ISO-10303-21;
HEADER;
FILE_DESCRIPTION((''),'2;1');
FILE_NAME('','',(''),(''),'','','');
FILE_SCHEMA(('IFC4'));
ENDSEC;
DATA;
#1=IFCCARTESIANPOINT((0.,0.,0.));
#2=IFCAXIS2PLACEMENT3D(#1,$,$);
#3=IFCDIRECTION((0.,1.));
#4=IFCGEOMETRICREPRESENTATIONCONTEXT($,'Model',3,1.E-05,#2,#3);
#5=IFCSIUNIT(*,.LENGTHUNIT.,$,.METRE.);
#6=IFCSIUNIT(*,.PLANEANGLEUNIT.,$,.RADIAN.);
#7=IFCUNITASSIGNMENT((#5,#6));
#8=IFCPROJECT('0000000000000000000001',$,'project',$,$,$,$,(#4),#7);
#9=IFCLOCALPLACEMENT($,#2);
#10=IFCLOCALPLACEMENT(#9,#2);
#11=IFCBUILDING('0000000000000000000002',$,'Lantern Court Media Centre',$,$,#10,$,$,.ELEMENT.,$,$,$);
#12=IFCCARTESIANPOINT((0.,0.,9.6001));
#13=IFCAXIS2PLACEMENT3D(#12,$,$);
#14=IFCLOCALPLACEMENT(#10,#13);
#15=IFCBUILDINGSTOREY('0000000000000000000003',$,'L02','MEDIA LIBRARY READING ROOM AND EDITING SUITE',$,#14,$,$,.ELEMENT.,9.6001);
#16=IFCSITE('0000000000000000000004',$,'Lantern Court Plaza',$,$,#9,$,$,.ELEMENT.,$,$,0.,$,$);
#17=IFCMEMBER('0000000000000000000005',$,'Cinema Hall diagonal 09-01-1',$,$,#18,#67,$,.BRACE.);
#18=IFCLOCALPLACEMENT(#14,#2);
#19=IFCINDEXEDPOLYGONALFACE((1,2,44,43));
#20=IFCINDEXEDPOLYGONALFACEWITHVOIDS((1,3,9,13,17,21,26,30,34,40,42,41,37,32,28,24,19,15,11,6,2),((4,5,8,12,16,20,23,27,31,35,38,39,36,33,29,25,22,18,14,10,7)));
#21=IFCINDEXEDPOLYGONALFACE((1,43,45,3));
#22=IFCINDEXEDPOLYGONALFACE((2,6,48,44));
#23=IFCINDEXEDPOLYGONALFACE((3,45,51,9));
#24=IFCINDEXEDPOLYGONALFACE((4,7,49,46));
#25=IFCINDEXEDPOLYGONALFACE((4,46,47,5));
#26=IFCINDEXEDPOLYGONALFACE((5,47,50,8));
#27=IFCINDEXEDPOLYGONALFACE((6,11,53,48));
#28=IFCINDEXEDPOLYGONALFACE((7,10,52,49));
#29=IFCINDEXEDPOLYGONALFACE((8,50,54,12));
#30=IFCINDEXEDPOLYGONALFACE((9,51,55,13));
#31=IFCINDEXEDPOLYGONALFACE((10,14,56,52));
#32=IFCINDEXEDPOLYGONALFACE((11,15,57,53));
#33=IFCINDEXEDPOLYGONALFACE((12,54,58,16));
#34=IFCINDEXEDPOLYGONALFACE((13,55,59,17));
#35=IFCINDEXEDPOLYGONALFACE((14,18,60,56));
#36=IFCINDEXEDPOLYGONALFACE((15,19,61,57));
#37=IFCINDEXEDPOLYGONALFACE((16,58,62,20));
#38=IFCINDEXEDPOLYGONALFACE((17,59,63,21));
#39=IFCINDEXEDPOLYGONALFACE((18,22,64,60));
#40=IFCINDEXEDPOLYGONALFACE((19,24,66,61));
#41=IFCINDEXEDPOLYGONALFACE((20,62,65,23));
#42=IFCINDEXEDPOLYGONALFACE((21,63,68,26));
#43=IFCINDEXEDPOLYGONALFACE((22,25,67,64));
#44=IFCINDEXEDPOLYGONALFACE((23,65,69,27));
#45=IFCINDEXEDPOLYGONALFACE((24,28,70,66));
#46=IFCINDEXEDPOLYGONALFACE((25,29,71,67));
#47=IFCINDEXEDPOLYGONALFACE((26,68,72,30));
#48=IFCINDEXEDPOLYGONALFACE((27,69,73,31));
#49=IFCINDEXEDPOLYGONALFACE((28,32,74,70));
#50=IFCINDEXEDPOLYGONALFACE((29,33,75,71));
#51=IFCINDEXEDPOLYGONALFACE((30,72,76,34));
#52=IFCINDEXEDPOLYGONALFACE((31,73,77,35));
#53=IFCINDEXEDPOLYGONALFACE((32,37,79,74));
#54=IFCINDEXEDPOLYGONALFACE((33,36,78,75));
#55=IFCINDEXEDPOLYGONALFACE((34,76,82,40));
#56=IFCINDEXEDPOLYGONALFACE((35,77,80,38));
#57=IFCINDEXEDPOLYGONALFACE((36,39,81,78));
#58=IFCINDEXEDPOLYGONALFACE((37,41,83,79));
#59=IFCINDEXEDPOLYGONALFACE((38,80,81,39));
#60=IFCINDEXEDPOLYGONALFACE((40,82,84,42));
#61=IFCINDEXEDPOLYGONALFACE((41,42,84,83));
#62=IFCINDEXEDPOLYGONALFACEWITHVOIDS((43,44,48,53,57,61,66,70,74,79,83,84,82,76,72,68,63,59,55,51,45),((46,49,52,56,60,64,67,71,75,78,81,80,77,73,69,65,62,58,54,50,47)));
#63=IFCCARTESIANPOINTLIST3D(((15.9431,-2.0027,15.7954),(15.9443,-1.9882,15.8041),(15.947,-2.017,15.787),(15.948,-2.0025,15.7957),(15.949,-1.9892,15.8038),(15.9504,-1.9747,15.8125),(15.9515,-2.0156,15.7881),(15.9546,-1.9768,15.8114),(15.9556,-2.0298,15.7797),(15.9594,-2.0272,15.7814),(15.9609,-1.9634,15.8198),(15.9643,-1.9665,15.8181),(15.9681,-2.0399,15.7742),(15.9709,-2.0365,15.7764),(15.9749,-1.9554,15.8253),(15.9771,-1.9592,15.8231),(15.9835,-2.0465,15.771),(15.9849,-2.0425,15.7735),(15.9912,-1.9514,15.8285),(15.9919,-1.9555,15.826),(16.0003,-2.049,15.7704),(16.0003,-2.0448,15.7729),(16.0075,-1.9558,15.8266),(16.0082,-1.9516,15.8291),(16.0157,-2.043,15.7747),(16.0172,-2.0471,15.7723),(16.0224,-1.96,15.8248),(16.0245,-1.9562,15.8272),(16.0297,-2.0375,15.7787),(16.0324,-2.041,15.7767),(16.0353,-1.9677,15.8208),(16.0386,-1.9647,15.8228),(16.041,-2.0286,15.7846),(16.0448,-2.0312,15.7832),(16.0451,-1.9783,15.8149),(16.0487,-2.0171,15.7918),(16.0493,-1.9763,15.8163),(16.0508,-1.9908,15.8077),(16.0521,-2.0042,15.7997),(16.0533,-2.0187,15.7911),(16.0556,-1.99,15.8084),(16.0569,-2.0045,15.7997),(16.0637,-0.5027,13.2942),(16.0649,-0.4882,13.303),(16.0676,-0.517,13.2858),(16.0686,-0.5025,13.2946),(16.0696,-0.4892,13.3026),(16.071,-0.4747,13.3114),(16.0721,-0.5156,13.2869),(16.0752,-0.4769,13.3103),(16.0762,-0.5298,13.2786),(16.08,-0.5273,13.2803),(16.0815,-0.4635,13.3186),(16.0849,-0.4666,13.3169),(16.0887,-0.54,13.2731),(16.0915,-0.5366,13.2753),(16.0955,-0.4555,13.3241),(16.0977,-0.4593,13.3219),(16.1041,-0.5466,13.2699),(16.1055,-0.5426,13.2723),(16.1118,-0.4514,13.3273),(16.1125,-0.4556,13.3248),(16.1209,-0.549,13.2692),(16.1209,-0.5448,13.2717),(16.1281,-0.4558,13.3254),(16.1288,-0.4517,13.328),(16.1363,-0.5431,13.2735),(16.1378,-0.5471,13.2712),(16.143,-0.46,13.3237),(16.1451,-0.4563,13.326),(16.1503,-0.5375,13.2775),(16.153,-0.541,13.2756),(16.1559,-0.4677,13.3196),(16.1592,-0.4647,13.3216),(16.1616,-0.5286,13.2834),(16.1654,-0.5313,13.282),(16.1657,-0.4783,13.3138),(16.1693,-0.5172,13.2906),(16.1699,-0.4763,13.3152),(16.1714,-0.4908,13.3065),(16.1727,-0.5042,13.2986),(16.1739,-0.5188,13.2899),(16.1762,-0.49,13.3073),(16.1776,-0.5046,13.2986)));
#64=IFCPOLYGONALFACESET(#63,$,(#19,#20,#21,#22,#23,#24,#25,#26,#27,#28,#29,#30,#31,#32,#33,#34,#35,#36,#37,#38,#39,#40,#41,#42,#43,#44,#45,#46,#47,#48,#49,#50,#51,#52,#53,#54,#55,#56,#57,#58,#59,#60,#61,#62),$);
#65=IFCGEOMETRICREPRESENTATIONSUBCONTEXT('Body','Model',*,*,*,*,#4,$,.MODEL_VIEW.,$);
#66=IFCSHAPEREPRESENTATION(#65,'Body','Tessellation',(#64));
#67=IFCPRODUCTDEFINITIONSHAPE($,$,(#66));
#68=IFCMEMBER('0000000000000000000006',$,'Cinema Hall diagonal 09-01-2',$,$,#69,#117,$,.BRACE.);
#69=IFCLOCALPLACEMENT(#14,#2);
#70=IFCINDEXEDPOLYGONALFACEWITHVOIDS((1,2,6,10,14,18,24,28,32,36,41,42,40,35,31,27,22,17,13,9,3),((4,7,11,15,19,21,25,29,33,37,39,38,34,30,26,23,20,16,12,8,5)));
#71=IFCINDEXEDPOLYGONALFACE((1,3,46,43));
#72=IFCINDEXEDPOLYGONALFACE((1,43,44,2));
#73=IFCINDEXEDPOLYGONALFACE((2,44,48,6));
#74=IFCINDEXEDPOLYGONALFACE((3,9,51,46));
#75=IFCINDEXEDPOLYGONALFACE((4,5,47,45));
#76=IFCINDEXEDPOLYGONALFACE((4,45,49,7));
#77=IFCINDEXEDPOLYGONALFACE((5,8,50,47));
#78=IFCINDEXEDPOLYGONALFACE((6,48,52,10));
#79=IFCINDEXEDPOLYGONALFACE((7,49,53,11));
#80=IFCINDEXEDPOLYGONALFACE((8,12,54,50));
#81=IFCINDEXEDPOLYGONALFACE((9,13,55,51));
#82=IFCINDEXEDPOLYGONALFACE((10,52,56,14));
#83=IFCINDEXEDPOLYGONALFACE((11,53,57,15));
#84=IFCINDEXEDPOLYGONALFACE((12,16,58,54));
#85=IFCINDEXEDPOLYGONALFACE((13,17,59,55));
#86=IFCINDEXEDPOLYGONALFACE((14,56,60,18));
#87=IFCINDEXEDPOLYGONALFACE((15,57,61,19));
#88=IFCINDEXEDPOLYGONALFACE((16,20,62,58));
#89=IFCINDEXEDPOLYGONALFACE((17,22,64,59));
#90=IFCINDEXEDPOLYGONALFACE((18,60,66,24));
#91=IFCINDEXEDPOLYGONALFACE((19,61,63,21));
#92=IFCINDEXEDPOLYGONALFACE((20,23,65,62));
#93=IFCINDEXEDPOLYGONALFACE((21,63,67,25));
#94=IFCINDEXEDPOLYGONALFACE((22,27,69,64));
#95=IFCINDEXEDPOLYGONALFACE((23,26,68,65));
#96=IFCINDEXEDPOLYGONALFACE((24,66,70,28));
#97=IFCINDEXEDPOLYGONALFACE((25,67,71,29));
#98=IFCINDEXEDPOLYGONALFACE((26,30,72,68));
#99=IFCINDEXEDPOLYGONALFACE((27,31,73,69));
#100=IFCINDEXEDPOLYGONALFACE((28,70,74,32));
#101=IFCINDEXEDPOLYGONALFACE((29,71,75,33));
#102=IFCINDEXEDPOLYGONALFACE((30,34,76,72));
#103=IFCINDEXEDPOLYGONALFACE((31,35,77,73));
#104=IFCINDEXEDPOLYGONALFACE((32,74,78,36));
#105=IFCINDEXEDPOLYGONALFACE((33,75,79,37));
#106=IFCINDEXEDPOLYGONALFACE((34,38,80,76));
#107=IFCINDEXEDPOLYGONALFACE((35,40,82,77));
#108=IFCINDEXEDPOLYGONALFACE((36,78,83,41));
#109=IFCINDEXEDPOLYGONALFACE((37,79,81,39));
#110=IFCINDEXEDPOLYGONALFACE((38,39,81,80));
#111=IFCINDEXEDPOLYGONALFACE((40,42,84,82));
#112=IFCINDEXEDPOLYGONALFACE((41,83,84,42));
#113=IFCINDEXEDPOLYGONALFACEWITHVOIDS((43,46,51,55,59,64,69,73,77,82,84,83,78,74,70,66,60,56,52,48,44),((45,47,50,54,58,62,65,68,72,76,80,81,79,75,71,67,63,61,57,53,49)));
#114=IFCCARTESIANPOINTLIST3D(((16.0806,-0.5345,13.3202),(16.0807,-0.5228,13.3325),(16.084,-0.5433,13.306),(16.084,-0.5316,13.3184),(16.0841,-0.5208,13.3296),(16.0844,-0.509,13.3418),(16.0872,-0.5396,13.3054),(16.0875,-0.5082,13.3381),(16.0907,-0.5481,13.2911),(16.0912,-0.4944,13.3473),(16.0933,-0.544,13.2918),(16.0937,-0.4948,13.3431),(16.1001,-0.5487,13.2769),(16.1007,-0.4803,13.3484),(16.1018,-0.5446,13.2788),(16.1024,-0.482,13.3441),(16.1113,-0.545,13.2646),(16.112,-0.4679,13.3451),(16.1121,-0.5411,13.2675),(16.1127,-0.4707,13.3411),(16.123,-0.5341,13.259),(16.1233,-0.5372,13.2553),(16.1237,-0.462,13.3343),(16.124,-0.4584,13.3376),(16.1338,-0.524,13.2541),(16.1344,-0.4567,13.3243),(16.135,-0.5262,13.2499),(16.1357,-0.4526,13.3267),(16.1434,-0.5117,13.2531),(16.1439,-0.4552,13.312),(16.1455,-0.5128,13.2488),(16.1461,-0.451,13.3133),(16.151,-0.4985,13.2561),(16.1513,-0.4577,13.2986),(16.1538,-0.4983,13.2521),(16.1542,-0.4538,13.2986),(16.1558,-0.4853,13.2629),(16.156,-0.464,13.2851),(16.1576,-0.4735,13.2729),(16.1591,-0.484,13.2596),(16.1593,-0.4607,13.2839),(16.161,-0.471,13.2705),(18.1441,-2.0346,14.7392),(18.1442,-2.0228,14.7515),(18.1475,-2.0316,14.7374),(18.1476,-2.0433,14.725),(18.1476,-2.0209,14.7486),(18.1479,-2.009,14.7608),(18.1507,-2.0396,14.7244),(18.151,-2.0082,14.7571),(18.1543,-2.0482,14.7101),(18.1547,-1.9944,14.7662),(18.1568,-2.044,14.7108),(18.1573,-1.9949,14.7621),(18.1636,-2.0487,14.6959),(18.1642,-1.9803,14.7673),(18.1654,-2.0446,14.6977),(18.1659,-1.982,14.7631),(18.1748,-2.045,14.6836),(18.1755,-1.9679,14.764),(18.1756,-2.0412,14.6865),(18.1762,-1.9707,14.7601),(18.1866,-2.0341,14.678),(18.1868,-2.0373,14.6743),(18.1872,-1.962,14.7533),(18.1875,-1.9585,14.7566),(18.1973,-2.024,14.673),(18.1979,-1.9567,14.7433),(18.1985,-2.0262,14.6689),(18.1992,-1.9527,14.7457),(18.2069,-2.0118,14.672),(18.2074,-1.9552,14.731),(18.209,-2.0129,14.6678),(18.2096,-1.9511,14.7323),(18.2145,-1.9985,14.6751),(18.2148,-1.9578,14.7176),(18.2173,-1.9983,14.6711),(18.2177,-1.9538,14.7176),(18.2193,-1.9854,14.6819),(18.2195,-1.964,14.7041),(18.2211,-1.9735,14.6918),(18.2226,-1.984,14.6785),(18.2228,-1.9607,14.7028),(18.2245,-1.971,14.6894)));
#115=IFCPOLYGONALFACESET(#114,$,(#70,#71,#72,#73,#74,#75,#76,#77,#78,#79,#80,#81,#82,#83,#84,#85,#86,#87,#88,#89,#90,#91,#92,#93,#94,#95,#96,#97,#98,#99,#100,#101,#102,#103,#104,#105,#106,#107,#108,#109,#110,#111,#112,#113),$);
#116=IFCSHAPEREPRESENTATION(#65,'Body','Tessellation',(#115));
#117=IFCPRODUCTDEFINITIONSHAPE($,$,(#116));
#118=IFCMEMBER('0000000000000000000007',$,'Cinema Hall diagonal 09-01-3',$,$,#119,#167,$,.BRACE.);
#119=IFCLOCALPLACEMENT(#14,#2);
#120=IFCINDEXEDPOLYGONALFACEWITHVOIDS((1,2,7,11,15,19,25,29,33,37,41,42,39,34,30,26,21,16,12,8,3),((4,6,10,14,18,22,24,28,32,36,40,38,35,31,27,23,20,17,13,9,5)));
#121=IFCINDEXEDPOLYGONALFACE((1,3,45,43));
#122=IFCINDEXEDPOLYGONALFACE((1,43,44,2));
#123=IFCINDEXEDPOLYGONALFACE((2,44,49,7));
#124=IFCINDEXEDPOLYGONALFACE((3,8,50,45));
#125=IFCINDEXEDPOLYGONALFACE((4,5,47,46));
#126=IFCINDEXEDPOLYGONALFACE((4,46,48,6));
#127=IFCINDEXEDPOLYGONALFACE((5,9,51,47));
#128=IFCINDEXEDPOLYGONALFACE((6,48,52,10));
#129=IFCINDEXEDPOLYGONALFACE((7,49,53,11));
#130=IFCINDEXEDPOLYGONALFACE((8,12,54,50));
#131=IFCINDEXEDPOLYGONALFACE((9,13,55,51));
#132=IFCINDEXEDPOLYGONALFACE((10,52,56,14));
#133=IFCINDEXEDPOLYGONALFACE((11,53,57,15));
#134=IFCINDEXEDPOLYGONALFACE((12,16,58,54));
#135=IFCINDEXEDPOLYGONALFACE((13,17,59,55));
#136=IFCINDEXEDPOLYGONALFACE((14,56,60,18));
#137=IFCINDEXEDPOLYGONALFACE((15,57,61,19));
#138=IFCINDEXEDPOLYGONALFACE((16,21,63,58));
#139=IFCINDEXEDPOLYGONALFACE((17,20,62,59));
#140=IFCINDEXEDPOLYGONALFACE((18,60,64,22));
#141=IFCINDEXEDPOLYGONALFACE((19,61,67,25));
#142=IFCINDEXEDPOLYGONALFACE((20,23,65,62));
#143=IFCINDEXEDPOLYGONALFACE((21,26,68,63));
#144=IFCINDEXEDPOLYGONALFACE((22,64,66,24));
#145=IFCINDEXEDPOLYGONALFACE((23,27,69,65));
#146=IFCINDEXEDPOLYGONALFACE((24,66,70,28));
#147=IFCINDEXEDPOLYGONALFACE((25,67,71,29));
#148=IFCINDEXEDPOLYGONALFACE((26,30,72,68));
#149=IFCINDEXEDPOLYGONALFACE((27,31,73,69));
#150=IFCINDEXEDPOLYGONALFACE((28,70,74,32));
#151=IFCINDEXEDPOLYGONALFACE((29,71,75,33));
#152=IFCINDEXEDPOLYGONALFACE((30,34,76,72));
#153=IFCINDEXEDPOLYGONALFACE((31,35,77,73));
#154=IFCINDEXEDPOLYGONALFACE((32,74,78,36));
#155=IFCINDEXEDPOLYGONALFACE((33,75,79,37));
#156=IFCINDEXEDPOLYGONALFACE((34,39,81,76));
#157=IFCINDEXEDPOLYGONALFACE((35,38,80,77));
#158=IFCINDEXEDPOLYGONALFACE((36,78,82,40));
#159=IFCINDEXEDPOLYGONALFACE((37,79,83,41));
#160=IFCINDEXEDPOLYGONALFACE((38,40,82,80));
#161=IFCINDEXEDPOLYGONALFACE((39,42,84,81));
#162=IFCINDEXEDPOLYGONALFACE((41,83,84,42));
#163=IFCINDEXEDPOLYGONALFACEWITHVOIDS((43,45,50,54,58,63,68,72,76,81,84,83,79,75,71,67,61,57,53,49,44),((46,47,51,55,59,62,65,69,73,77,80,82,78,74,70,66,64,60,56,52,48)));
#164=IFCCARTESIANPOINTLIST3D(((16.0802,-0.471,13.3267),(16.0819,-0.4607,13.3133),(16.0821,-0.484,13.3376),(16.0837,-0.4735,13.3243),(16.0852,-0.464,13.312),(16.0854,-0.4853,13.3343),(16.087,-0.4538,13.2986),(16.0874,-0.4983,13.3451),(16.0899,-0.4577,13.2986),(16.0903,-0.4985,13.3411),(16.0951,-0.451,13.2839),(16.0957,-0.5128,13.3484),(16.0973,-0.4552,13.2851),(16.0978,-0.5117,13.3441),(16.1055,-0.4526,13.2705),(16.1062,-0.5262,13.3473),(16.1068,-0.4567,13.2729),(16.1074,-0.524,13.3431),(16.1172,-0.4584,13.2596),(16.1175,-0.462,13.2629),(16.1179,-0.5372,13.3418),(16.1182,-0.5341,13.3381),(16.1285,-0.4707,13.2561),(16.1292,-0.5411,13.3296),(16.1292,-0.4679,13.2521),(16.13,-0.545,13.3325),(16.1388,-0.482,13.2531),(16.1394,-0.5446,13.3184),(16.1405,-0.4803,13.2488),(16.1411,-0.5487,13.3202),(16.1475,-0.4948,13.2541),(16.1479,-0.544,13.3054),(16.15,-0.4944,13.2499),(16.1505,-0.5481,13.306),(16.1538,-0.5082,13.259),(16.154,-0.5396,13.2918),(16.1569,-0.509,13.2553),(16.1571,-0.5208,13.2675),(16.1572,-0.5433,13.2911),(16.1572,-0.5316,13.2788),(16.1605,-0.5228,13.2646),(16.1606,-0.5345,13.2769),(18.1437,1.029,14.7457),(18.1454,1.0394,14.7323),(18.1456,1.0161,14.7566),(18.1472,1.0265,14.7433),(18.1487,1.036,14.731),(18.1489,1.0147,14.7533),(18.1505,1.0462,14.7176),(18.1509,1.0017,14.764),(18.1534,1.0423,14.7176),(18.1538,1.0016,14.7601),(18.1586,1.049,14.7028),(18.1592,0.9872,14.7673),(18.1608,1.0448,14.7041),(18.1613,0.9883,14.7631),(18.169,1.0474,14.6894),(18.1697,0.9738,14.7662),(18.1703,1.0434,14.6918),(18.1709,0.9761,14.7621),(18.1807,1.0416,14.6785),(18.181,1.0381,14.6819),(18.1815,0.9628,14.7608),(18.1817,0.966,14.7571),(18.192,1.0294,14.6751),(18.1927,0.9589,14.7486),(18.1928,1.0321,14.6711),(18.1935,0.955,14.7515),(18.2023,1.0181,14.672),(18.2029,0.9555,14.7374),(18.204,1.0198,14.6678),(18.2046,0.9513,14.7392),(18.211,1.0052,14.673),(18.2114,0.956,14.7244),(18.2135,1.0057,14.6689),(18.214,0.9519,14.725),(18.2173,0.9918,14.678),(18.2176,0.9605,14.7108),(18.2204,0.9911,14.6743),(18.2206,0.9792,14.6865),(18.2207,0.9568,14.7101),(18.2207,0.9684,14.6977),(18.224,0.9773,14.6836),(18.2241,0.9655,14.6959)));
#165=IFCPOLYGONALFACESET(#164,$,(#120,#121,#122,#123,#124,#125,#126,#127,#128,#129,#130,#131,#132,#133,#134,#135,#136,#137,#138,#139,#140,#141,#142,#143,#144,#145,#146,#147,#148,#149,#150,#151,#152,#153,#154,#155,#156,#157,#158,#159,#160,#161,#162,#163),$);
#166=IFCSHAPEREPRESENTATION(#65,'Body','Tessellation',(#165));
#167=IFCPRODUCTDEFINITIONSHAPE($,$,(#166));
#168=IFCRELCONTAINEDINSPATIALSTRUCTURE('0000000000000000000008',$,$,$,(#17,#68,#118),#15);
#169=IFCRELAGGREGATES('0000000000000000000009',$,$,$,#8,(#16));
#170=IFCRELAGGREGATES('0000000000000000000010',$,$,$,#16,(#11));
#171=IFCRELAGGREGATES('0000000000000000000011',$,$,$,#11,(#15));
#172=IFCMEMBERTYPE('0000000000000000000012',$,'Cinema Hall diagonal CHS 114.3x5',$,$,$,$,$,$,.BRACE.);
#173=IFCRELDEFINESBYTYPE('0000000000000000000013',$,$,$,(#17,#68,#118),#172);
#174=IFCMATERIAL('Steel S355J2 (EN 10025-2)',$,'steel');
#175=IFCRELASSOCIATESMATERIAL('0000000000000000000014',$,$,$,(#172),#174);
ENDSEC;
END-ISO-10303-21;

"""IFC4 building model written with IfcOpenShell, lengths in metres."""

from ifc_helpers import new_model, si_unit, direction, frame, origin, origin_2d, place, context, subcontext, project, spatial, hollow_circle, extrude, material, material_profile, profile_set, type_object, element, save


model = new_model("IFC4")

# Units and contexts
model_context = context("Model", 3, precision=1e-05, world=origin(), true_north=direction((0.0, 1.0)))
body_context = subcontext(model_context, "Body", "Model", "MODEL_VIEW")
ifc_project = project(units=[si_unit("LENGTHUNIT", "METRE"), si_unit("PLANEANGLEUNIT", "RADIAN")], contexts=[model_context])

# Site, building, storey
site_placement = place(None, origin())
site = spatial("IfcSite", under=ifc_project, at=site_placement, Name="Lantern Court Plaza", CompositionType="ELEMENT", RefElevation=0.0)
building_placement = place(site_placement, origin())
building = spatial("IfcBuilding", under=site, at=building_placement, Name="Lantern Court Media Centre", CompositionType="ELEMENT")
storey_placement = place(building_placement, frame((0.0, 0.0, 9.6001)))
storey = spatial("IfcBuildingStorey", under=building, at=storey_placement, Name="L02", Description="MEDIA LIBRARY READING ROOM AND EDITING SUITE", CompositionType="ELEMENT", Elevation=9.6001)

# Members
ifc_material = material(Name="Steel S355J2 (EN 10025-2)", Category="steel")
ifc_material_profile_1 = material_profile(ifc_material, hollow_circle(Radius=0.0571, WallThickness=0.0049, at=origin_2d()), Name="Cinema Hall diagonal CHS 114.3x5")
ifc_profile_set_1 = profile_set([ifc_material_profile_1], Name="Steel S355J2 (EN 10025-2)")
member_type_1 = type_object("IfcMemberType", Name="Cinema Hall diagonal CHS 114.3x5", PredefinedType="BRACE", material=ifc_profile_set_1)
member_1_placement = place(storey_placement, frame((16.1206, -0.5, 13.2986), z_axis=(-0.041317, -0.513872, 0.856871), x_axis=(0.996783, -0.080145, 0.0)))
element("IfcMember", 1, at=member_1_placement, inside=storey, type_object=member_type_1, Name="Cinema Hall diagonal 09-01-1", PredefinedType="BRACE", context=body_context, shape_type="SweptSolid", body=[
    extrude(hollow_circle(Radius=0.0571, WallThickness=0.0049, at=origin_2d()), origin(), (0.0, 0.0, 1.0), 2.9189),
])
for number, where, z_axis, x_axis, name in (
    (2, (16.1206, -0.5, 13.2986), (0.70688, -0.513851, 0.486084), (0.58799, 0.808868, 0.0), "Cinema Hall diagonal 09-01-2"),
    (3, (16.1206, -0.5, 13.2986), (0.70688, 0.513851, 0.486084), (-0.58799, 0.808868, 0.0), "Cinema Hall diagonal 09-01-3"),
):
    element("IfcMember", number, at=place(storey_placement, frame(where, z_axis=z_axis, x_axis=x_axis)), inside=storey, type_object=member_type_1, Name=name, PredefinedType="BRACE", context=body_context, shape_type="SweptSolid", body=[
        extrude(hollow_circle(Radius=0.0571, WallThickness=0.0049, at=origin_2d()), origin(), (0.0, 0.0, 1.0), 2.9192),
    ])

save(model, "model.ifc")
